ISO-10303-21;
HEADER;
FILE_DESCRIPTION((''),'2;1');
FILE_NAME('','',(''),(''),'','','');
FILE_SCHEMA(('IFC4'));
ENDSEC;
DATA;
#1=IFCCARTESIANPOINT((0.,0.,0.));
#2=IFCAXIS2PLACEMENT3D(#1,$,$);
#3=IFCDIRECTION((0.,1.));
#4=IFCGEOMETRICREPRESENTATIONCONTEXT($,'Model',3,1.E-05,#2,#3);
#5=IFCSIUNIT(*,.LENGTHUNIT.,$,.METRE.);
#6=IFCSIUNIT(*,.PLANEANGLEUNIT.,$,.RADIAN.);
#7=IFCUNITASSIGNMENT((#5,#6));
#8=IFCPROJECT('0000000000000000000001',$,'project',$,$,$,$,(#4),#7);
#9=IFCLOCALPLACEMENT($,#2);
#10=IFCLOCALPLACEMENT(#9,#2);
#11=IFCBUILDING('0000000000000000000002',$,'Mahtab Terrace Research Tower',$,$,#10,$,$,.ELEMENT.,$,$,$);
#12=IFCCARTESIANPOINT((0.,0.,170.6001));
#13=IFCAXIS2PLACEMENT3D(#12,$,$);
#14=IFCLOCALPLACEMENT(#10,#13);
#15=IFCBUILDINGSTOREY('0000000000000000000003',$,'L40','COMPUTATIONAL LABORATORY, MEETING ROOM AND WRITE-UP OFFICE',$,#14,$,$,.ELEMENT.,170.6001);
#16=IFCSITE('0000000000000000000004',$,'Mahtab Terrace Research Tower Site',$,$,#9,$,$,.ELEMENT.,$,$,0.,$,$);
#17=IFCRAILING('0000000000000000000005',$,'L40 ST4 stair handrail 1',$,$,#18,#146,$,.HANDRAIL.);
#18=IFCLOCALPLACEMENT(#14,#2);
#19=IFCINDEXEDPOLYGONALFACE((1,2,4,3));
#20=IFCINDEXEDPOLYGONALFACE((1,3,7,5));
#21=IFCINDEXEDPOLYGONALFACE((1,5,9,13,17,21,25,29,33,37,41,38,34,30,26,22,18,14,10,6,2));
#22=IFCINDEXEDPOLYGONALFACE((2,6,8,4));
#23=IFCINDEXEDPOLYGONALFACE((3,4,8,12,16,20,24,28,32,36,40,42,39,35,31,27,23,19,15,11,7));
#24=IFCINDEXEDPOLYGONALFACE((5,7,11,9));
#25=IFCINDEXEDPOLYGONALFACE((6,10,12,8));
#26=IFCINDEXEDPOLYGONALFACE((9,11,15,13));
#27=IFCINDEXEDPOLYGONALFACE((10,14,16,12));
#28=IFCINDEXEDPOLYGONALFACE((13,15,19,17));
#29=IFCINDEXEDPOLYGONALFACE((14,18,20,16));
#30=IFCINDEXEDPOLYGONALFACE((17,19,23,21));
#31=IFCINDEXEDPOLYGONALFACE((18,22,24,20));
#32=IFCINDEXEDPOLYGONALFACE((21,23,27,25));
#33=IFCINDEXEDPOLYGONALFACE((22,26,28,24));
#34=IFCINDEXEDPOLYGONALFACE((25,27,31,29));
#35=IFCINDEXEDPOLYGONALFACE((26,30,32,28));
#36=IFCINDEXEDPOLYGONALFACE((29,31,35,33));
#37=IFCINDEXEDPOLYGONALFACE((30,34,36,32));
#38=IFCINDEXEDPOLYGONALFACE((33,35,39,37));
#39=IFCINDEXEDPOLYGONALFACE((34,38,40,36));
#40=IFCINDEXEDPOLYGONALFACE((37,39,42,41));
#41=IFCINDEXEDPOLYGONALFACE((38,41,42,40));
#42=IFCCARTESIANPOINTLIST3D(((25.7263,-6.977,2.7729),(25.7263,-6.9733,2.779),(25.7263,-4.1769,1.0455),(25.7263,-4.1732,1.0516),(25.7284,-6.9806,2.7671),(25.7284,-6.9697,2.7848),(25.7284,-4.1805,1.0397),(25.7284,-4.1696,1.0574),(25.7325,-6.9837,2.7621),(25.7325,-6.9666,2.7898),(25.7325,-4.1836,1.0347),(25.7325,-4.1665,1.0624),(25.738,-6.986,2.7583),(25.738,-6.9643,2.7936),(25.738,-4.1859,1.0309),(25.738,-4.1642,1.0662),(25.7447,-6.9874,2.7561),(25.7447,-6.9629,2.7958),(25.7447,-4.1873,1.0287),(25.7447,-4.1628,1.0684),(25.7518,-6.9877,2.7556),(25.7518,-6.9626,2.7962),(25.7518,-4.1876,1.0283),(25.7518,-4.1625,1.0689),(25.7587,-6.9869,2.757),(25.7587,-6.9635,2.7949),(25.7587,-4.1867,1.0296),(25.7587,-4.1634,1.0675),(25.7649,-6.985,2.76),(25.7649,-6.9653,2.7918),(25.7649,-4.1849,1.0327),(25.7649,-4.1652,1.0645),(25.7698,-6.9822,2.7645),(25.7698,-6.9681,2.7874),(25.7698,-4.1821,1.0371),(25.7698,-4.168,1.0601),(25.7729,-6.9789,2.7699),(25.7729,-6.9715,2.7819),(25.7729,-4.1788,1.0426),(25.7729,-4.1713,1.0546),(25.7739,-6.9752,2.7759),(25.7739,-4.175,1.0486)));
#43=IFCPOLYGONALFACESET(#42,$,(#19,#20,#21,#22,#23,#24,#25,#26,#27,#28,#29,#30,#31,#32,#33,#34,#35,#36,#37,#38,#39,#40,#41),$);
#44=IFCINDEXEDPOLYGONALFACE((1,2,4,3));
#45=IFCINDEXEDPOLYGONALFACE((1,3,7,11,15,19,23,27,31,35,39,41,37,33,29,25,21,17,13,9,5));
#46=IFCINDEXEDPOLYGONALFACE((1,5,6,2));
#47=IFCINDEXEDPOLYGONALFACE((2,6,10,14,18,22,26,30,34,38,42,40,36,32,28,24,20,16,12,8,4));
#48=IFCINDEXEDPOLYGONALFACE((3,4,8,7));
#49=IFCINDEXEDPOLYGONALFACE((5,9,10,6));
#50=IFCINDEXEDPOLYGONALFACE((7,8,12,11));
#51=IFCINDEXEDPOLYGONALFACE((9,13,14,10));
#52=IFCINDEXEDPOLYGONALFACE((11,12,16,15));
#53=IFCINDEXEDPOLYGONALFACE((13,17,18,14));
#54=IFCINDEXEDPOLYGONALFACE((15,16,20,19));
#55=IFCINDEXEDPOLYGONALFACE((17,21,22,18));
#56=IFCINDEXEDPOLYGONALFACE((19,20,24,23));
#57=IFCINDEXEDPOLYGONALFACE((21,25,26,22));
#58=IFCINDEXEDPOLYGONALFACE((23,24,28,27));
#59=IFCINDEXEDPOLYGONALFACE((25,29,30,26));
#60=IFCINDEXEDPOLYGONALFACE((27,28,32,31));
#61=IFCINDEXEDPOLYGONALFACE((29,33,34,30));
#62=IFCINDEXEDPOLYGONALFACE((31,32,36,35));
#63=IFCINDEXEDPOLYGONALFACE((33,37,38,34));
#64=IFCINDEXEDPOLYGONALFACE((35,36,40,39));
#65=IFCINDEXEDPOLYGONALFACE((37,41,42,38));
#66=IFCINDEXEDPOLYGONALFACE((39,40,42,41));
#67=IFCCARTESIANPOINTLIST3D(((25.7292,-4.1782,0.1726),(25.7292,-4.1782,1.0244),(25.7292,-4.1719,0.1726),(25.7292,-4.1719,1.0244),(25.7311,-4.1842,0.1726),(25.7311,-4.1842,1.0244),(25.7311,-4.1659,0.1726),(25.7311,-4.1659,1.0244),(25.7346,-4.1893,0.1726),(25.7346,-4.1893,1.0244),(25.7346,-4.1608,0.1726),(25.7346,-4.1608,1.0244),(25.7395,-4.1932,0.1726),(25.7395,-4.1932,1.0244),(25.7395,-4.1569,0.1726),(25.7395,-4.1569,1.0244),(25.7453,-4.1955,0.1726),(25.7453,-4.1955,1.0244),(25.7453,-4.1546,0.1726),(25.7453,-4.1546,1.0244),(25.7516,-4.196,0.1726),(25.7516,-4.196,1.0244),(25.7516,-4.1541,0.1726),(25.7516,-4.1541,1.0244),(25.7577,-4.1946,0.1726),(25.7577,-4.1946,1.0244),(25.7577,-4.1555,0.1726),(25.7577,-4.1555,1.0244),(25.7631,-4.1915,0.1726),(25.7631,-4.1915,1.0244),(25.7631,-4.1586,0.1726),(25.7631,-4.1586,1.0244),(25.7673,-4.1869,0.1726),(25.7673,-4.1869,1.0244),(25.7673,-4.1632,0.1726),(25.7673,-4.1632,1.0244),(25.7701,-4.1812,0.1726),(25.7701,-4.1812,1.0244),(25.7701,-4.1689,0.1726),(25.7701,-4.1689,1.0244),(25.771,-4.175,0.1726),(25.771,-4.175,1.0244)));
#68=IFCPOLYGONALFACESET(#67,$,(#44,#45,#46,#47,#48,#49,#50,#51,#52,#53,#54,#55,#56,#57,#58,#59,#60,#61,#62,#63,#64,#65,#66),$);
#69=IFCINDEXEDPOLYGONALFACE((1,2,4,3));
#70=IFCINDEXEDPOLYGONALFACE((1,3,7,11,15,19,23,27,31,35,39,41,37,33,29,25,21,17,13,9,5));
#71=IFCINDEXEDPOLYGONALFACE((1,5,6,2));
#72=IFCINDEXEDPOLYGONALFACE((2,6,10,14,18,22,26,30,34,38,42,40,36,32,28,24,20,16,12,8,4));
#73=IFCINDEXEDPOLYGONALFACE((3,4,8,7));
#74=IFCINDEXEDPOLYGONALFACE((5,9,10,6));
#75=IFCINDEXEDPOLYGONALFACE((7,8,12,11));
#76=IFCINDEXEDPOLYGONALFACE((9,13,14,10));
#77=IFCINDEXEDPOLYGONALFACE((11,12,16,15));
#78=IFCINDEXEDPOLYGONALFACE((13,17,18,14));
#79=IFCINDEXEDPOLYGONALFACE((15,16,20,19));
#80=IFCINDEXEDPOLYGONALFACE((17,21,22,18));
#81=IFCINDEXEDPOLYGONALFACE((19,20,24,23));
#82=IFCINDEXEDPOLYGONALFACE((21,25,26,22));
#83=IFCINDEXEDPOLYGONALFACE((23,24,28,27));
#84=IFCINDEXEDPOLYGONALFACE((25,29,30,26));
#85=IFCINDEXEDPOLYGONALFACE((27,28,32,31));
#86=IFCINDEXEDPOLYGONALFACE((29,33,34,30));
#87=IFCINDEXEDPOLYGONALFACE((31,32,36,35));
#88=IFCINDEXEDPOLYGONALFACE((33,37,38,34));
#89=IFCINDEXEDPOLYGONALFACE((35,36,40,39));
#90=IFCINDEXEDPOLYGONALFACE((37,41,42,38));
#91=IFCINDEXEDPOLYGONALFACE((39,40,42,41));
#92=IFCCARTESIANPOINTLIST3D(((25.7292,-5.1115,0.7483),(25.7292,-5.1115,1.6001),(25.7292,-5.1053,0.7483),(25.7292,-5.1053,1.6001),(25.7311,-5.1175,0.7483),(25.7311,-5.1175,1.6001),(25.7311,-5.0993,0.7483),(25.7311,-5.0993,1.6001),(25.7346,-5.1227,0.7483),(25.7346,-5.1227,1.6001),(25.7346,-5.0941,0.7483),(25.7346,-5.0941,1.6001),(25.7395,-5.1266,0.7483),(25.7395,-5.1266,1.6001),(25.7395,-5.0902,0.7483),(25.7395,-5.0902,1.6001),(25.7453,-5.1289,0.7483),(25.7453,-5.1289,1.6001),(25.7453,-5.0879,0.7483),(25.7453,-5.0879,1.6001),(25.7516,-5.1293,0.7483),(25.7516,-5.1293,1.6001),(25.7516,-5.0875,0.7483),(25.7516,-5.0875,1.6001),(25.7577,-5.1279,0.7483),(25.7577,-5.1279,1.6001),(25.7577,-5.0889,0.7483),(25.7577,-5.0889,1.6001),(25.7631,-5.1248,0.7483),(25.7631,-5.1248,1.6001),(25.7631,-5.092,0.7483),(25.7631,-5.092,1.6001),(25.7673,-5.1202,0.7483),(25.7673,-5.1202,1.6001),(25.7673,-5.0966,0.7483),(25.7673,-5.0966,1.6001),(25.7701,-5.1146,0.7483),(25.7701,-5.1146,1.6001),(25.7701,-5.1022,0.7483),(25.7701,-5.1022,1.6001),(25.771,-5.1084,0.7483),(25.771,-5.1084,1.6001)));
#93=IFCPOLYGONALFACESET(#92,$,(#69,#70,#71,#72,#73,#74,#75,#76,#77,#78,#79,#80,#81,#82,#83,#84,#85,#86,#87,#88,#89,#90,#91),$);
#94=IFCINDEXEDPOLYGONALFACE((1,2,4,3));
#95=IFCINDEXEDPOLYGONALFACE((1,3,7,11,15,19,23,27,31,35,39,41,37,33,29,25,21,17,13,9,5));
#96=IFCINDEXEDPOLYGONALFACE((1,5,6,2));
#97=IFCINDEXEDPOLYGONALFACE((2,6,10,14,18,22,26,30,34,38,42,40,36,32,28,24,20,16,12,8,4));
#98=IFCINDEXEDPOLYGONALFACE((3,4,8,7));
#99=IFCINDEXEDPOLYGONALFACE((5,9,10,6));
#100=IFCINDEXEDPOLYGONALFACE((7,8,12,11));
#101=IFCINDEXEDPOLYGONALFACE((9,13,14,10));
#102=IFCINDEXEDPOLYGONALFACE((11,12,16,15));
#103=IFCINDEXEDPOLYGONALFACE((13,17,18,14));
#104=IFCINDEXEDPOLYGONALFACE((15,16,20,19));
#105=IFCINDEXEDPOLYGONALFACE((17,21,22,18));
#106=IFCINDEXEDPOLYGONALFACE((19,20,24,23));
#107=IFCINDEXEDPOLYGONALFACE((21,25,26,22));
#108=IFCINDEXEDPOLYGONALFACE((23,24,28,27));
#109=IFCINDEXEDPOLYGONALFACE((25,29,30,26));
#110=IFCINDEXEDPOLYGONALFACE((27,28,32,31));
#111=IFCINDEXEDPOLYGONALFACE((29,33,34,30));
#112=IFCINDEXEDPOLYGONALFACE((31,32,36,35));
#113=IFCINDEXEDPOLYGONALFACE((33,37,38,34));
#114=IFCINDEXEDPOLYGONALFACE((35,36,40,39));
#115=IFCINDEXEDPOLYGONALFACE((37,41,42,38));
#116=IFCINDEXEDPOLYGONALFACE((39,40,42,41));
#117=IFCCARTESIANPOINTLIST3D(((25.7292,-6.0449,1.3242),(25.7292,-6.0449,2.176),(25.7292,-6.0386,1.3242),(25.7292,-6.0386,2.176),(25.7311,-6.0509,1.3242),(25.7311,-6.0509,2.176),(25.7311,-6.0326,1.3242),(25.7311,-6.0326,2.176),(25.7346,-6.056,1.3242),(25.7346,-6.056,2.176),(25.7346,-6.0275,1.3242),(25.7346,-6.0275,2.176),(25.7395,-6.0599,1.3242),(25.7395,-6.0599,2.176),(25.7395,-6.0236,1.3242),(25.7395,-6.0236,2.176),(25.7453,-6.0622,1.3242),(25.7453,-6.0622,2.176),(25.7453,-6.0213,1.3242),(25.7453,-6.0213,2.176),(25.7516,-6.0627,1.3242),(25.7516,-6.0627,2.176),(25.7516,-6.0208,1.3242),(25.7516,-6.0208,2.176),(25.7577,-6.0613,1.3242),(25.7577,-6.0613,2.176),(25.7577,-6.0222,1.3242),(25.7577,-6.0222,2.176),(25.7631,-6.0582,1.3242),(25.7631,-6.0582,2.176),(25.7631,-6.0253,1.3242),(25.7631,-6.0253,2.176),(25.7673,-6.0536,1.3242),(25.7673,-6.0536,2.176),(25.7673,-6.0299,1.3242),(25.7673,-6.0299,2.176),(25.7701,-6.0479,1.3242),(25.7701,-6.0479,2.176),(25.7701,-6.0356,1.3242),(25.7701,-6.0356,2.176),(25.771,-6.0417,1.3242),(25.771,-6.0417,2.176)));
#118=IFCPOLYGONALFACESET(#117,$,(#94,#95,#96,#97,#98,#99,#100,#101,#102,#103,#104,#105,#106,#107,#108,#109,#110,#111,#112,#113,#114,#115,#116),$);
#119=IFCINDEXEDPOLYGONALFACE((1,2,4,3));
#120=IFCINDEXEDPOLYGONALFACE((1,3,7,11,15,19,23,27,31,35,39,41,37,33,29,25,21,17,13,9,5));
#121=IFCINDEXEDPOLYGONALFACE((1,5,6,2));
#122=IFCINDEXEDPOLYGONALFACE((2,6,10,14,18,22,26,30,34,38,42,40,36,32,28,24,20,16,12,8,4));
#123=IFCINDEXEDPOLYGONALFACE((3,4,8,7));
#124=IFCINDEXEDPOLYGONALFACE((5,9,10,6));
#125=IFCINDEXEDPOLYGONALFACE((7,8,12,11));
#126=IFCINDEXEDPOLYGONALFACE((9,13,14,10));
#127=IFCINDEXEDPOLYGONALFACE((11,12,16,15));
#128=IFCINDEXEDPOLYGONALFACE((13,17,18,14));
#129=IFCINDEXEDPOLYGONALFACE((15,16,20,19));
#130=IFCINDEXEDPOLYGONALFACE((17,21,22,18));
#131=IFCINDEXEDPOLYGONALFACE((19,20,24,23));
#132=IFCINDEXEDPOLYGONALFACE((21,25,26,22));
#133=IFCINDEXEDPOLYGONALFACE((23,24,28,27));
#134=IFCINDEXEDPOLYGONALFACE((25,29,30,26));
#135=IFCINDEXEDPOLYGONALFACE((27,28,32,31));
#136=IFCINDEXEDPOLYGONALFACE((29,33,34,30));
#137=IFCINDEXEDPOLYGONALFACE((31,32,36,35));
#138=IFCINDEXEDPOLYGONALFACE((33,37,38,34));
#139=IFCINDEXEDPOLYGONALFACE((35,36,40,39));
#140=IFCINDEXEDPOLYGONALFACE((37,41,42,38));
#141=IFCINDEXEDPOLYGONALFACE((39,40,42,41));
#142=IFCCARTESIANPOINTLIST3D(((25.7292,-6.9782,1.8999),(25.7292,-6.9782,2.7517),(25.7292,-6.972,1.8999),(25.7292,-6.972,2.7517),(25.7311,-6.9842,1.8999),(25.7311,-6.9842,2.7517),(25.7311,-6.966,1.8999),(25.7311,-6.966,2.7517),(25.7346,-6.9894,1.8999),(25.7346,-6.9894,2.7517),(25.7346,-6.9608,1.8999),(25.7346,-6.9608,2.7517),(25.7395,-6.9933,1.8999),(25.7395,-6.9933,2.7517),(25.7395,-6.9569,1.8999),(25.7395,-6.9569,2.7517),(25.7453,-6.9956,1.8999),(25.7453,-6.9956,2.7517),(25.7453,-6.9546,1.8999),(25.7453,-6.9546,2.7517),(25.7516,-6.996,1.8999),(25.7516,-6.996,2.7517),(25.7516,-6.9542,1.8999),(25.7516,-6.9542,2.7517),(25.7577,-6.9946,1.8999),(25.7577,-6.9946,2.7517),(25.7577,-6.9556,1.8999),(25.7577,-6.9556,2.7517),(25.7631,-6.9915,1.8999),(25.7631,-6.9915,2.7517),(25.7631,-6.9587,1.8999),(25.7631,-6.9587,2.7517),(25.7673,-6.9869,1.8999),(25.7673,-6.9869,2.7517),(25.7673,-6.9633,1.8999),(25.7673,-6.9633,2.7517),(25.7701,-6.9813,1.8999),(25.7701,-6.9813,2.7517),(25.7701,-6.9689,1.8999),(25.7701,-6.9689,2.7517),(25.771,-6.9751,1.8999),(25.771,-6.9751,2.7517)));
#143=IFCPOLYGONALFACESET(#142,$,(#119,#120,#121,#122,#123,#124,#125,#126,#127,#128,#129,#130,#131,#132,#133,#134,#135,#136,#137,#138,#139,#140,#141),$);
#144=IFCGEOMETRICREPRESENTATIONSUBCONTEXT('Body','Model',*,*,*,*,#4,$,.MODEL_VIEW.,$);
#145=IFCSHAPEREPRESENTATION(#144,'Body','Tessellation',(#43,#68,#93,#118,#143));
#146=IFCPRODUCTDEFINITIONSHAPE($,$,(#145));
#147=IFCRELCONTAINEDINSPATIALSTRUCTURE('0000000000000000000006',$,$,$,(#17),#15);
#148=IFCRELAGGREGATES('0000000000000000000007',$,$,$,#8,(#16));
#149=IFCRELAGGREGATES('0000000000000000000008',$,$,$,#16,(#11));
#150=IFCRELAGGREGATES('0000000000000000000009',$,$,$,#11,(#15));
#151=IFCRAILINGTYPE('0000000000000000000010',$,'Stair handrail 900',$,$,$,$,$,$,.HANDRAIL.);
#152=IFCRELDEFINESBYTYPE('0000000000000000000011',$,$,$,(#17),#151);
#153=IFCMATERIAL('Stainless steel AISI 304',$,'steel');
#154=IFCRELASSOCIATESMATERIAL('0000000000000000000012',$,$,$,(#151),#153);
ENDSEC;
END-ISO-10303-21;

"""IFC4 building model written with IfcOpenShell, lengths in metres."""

from ifc_helpers import new_model, si_unit, direction, frame, origin, origin_2d, place, context, subcontext, project, spatial, circle, extrude, material, type_object, element, save


model = new_model("IFC4")

# Units and contexts
model_context = context("Model", 3, precision=1e-05, world=origin(), true_north=direction((0.0, 1.0)))
body_context = subcontext(model_context, "Body", "Model", "MODEL_VIEW")
ifc_project = project(units=[si_unit("LENGTHUNIT", "METRE"), si_unit("PLANEANGLEUNIT", "RADIAN")], contexts=[model_context])

# Site, building, storey
site_placement = place(None, origin())
site = spatial("IfcSite", under=ifc_project, at=site_placement, Name="Mahtab Terrace Research Tower Site", CompositionType="ELEMENT", RefElevation=0.0)
building_placement = place(site_placement, origin())
building = spatial("IfcBuilding", under=site, at=building_placement, Name="Mahtab Terrace Research Tower", CompositionType="ELEMENT")
storey_placement = place(building_placement, frame((0.0, 0.0, 170.6001)))
storey = spatial("IfcBuildingStorey", under=building, at=storey_placement, Name="L40", Description="COMPUTATIONAL LABORATORY, MEETING ROOM AND WRITE-UP OFFICE", CompositionType="ELEMENT", Elevation=170.6001)

# Railing
ifc_material_1 = material(Name="Stainless steel AISI 304", Category="steel")
railing_type_1 = type_object("IfcRailingType", Name="Stair handrail 900", PredefinedType="HANDRAIL", material=ifc_material_1)
railing_1_placement = place(storey_placement, frame((25.75, -4.175, 0.1726)))
element("IfcRailing", 1, at=railing_1_placement, inside=storey, type_object=railing_type_1, Name="L40 ST4 stair handrail 1", PredefinedType="HANDRAIL", context=body_context, shape_type="SweptSolid", body=[
    extrude(circle(Radius=0.0239, at=origin_2d()), frame((0.0, 0.0, 0.876), z_axis=(0.0, -0.85109, 0.52502), x_axis=(1.0, 0.0, 0.0)), (0.0, 0.0, 1.0), 3.29),
    extrude(circle(Radius=0.021, at=origin_2d()), origin(), (0.0, 0.0, 1.0), 0.8518),
    extrude(circle(Radius=0.021, at=origin_2d()), frame((0.0, -0.9333, 0.5757)), (0.0, 0.0, 1.0), 0.8518),
    extrude(circle(Radius=0.021, at=origin_2d()), frame((0.0, -1.8667, 1.1516)), (0.0, 0.0, 1.0), 0.8518),
    extrude(circle(Radius=0.021, at=origin_2d()), frame((0.0, -2.8, 1.7273)), (0.0, 0.0, 1.0), 0.8518),
])

save(model, "model.ifc")
